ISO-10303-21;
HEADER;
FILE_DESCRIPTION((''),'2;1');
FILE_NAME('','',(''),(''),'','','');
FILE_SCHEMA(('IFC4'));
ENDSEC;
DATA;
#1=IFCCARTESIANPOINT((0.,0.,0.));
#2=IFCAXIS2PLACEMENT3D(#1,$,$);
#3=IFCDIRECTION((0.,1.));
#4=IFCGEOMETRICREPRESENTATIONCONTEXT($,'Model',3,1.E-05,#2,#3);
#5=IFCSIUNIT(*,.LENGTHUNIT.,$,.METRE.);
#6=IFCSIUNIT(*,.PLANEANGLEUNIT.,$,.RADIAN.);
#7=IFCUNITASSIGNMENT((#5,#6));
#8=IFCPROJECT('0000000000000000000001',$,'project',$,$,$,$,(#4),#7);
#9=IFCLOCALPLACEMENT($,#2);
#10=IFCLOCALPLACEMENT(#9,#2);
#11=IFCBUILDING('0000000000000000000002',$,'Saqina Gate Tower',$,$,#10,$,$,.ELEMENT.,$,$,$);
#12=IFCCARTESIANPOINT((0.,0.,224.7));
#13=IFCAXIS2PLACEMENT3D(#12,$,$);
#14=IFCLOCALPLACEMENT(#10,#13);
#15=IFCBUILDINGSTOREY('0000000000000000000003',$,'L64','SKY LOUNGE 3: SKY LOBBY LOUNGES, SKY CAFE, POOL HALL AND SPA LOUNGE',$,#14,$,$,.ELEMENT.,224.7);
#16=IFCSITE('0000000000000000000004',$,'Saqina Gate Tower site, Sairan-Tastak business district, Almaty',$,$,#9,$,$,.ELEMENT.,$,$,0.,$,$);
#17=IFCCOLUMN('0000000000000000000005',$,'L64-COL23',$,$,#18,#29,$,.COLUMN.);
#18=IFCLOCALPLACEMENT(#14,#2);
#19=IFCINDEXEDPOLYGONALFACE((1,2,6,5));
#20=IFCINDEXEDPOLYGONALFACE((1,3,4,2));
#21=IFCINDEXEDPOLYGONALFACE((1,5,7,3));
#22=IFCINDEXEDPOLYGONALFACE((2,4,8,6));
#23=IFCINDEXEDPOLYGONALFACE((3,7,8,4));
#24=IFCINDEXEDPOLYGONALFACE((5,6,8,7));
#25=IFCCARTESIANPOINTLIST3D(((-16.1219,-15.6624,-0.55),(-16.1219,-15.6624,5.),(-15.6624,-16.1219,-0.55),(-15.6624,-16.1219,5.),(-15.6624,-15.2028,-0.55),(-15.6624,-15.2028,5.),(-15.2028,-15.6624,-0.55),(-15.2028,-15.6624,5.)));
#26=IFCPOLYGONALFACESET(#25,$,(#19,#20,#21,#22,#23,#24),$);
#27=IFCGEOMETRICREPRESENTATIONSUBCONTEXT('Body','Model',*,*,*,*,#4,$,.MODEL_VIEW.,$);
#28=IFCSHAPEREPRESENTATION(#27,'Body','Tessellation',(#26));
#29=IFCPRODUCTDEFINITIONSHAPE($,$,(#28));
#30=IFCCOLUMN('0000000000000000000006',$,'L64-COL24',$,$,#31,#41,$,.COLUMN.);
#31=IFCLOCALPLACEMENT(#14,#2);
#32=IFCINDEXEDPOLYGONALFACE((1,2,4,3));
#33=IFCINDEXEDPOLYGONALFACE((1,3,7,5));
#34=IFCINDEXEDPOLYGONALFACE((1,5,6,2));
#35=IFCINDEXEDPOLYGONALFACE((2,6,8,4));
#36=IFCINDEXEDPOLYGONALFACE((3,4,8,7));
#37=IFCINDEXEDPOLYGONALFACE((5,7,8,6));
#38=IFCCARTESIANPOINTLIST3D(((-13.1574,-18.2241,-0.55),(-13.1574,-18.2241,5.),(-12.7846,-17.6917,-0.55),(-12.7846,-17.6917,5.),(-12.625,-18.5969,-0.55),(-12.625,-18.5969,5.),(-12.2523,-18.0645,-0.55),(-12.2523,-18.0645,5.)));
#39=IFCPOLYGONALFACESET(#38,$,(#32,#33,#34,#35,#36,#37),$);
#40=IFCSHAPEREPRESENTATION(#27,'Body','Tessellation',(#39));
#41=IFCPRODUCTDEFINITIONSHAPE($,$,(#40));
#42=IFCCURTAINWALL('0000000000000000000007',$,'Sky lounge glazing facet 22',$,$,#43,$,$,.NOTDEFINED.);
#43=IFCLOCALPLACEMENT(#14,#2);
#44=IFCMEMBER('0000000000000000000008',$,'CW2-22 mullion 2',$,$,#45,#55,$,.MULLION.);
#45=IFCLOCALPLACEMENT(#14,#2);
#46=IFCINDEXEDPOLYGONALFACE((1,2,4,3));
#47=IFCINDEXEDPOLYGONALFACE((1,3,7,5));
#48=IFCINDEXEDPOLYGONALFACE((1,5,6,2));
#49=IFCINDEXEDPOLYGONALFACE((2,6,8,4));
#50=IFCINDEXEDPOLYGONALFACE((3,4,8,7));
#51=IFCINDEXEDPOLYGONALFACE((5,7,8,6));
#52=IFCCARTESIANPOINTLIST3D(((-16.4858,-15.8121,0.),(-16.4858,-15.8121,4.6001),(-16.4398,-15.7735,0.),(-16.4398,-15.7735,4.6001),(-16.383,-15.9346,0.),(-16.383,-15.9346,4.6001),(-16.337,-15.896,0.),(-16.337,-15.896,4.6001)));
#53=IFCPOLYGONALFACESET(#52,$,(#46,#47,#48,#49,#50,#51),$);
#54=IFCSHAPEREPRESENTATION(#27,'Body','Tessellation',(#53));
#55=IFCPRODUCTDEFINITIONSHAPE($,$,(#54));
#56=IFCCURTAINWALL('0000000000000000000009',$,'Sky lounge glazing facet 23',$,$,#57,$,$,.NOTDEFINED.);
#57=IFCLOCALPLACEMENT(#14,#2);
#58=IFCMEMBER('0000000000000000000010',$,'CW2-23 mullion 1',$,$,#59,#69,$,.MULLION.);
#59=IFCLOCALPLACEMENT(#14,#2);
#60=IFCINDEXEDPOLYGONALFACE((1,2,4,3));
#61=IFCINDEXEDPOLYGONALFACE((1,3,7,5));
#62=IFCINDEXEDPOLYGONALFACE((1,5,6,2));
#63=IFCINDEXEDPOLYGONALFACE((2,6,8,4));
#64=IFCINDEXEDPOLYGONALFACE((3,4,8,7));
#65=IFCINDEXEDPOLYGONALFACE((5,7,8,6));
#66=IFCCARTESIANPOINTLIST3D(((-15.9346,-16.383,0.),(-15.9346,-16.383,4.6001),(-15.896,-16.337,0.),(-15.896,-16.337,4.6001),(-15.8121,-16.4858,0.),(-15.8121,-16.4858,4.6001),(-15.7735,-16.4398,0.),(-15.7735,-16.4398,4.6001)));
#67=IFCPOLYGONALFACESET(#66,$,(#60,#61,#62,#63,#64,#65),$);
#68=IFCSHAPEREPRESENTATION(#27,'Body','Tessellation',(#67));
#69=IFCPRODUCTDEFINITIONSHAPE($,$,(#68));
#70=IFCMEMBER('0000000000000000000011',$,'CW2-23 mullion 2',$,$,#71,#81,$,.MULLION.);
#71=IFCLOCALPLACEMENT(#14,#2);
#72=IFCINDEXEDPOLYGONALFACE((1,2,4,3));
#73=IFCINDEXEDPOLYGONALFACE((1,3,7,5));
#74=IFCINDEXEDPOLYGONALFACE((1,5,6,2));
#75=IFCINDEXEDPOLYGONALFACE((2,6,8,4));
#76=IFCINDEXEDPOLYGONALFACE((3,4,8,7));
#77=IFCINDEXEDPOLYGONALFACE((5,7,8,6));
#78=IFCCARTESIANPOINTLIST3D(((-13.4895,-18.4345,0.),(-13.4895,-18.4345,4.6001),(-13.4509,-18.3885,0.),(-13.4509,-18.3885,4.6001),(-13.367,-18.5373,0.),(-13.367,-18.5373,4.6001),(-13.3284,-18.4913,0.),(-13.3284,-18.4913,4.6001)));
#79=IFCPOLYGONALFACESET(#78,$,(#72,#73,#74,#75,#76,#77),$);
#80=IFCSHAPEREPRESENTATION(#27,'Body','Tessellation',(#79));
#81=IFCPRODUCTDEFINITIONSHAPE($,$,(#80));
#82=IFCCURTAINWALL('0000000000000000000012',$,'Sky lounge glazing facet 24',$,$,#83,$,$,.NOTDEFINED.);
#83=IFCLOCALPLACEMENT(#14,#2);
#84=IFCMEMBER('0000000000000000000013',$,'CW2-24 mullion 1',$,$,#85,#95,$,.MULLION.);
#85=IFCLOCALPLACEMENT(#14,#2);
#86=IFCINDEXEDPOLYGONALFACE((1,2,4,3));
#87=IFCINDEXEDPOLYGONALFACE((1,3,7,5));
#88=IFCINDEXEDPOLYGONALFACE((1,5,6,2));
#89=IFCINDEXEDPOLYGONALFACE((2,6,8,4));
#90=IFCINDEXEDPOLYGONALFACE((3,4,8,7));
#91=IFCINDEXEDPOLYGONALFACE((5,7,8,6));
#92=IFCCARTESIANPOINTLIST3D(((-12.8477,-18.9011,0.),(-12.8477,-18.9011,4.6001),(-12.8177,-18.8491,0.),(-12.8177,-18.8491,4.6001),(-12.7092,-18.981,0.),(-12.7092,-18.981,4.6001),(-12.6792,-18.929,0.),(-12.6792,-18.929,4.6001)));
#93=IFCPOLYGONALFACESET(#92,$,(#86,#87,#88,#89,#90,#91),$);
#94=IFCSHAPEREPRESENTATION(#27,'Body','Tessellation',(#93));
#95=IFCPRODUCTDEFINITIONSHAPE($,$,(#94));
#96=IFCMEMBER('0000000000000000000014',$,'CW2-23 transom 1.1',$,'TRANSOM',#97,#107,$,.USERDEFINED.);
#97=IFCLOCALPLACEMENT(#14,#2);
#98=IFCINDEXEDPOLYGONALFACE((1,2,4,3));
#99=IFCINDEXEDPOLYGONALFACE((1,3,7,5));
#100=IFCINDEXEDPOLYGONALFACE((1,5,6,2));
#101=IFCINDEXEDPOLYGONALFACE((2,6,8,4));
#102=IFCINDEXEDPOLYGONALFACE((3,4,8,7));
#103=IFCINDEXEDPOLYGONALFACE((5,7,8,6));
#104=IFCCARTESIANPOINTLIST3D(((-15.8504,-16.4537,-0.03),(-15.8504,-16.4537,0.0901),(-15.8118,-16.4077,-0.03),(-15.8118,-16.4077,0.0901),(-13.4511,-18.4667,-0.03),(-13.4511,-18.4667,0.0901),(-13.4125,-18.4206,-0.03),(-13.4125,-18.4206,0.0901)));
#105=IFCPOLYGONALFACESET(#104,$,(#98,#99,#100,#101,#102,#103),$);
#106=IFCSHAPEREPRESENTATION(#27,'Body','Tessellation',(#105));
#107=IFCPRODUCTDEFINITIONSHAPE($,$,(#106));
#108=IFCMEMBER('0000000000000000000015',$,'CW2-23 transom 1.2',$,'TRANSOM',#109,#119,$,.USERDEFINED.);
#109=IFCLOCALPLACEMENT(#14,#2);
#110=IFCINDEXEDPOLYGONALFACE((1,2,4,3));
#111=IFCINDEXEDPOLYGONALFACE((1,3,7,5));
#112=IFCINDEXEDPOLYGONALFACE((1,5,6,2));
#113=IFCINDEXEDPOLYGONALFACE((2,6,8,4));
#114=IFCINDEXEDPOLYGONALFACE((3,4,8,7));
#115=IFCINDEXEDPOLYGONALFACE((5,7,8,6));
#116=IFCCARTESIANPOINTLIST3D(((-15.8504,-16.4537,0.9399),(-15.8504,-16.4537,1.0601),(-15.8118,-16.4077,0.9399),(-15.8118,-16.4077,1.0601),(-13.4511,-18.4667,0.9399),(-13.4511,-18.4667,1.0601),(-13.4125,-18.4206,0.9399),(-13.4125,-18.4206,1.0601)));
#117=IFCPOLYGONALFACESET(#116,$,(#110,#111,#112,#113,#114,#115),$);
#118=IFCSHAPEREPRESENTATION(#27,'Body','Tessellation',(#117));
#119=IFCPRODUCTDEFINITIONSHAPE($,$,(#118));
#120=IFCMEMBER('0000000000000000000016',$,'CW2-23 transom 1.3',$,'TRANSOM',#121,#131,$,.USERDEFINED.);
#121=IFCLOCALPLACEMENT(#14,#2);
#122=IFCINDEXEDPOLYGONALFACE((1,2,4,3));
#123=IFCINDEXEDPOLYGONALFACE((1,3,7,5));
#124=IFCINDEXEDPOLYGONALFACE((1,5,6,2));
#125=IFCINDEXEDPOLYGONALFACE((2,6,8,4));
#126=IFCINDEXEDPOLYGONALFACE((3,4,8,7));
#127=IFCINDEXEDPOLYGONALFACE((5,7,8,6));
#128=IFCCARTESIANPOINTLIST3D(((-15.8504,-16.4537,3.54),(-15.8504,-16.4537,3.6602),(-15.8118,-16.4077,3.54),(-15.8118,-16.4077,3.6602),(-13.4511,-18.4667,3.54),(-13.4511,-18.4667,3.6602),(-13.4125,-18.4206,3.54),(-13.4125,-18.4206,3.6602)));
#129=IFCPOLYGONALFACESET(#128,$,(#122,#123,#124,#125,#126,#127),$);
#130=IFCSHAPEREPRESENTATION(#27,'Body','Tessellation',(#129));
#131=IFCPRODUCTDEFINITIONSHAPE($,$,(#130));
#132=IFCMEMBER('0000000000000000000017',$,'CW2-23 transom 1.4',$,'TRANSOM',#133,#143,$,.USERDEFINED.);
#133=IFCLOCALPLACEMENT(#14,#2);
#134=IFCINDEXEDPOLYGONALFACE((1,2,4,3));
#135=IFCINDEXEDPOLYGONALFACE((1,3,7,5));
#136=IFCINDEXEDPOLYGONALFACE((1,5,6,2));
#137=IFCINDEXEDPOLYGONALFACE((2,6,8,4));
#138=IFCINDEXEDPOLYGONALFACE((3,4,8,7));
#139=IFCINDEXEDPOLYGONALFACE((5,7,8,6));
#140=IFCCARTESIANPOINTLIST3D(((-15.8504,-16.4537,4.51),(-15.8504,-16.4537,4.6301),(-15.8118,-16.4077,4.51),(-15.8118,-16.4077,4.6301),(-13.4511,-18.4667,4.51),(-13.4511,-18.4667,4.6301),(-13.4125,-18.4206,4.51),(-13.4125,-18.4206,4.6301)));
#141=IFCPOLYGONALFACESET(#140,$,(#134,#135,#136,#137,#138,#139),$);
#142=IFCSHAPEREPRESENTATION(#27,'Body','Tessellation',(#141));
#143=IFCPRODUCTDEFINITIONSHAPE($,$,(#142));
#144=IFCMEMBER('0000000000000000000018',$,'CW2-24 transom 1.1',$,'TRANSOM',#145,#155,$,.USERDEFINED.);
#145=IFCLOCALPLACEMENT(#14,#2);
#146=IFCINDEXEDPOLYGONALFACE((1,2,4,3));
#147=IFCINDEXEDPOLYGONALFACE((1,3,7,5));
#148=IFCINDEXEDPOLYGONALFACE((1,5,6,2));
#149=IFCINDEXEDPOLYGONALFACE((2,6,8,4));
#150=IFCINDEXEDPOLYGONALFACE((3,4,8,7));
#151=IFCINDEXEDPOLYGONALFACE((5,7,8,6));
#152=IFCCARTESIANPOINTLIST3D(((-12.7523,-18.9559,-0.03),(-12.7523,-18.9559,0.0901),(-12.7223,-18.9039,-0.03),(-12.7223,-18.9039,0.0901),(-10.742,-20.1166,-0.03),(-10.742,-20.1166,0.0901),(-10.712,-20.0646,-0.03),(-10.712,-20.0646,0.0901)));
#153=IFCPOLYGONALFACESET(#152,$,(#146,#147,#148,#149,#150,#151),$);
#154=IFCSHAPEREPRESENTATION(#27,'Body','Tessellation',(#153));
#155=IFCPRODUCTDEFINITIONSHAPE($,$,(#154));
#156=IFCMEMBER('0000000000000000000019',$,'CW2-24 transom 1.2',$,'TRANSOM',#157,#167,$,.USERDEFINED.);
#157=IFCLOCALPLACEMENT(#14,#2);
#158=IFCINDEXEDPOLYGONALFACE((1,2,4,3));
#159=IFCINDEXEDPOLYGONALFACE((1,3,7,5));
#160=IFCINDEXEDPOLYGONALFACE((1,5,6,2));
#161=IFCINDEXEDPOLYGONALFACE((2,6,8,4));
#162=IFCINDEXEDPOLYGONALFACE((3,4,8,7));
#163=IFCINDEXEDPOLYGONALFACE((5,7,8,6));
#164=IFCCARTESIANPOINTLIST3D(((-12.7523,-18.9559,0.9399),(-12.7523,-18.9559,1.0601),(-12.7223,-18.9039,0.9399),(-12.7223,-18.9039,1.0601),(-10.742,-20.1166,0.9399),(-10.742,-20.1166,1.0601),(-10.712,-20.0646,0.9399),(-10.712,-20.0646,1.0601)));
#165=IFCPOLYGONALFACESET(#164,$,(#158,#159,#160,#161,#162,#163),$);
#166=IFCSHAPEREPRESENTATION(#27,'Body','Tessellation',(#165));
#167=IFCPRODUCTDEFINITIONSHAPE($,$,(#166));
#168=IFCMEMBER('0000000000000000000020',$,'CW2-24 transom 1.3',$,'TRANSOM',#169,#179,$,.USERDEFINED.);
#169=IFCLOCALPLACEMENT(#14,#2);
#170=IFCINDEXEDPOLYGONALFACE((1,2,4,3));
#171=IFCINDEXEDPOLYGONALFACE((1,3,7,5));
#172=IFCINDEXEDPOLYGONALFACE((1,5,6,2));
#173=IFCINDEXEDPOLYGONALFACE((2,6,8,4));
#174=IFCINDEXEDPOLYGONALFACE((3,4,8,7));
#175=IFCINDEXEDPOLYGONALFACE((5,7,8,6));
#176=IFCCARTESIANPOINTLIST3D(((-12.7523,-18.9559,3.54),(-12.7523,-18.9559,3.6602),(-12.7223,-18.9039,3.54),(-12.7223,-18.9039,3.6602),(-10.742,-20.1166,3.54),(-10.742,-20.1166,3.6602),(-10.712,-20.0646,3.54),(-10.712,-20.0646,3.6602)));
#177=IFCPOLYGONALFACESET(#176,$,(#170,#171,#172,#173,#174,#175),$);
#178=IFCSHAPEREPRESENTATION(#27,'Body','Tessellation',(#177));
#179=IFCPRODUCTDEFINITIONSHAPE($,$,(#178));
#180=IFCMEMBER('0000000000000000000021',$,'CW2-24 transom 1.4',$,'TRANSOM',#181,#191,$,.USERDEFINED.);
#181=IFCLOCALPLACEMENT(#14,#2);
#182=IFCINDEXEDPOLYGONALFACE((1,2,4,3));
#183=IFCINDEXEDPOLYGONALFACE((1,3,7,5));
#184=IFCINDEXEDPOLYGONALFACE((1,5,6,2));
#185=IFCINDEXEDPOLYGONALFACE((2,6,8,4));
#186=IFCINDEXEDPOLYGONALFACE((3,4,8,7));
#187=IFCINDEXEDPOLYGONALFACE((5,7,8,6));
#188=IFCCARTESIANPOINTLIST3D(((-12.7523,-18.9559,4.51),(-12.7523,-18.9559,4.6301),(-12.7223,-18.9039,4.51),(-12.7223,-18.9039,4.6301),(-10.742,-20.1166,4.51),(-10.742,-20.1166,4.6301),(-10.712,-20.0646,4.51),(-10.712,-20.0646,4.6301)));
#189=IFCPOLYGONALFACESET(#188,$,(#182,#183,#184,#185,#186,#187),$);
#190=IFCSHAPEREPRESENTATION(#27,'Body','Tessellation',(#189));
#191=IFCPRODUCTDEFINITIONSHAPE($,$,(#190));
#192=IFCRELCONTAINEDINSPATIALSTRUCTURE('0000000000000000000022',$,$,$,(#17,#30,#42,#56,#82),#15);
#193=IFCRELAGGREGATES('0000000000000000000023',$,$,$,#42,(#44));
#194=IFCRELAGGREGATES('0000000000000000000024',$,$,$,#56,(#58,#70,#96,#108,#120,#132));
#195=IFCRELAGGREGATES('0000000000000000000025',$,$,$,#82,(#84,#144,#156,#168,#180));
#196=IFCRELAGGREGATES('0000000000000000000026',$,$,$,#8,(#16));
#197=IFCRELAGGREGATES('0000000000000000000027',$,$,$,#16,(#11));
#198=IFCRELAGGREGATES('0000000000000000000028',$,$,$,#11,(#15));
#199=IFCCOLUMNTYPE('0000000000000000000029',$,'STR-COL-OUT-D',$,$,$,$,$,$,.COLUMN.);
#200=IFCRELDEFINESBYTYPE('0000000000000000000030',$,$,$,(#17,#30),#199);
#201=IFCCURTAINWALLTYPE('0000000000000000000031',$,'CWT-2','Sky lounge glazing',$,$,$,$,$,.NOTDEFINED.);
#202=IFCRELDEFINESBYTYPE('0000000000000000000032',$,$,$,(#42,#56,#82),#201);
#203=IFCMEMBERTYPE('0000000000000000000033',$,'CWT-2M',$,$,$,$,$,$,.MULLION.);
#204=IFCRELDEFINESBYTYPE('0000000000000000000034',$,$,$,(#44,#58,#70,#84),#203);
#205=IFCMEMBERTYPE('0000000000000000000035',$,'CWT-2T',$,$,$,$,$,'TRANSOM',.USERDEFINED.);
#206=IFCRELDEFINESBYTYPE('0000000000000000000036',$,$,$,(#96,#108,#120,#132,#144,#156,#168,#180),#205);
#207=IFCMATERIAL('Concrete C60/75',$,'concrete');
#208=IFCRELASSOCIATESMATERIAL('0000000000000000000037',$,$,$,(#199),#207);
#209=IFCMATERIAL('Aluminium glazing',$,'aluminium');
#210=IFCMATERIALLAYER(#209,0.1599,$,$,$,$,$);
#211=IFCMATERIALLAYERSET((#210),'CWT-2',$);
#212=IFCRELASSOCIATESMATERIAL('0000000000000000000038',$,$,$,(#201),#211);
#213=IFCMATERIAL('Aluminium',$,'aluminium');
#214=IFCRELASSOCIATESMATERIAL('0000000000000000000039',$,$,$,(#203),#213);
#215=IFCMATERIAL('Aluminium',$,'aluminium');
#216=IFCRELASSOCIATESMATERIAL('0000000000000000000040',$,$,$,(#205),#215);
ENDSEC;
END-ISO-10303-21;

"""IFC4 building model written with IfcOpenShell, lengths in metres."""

from ifc_helpers import new_model, si_unit, direction, frame, origin, origin_2d, place, context, subcontext, project, spatial, rectangle, extrude, material, layer, layer_set, material_profile, profile_set, type_object, element, aggregate, save


model = new_model("IFC4")

# Units and contexts
model_context = context("Model", 3, precision=1e-05, world=origin(), true_north=direction((0.0, 1.0)))
body_context = subcontext(model_context, "Body", "Model", "MODEL_VIEW")
ifc_project = project(units=[si_unit("LENGTHUNIT", "METRE"), si_unit("PLANEANGLEUNIT", "RADIAN")], contexts=[model_context])

# Site, building, storey
site_placement = place(None, origin())
site = spatial("IfcSite", under=ifc_project, at=site_placement, Name="Saqina Gate Tower site, Sairan-Tastak business district, Almaty", CompositionType="ELEMENT", RefElevation=0.0)
building_placement = place(site_placement, origin())
building = spatial("IfcBuilding", under=site, at=building_placement, Name="Saqina Gate Tower", CompositionType="ELEMENT")
storey_placement = place(building_placement, frame((0.0, 0.0, 224.7)))
storey = spatial("IfcBuildingStorey", under=building, at=storey_placement, Name="L64", Description="SKY LOUNGE 3: SKY LOBBY LOUNGES, SKY CAFE, POOL HALL AND SPA LOUNGE", CompositionType="ELEMENT", Elevation=224.7)

# Columns
ifc_material_1 = material(Name="Concrete C60/75", Category="concrete")
ifc_material_profile_1 = material_profile(ifc_material_1, rectangle(XDim=0.6499, YDim=0.6499, at=origin_2d()), Name="RC 650x650")
ifc_profile_set_1 = profile_set([ifc_material_profile_1], Name="Concrete C60/75")
column_type = type_object("IfcColumnType", Name="STR-COL-OUT-D", PredefinedType="COLUMN", material=ifc_profile_set_1)
for number, where, z_axis, x_axis, name in (
    (1, (-15.6624, -15.6624, -0.55), (0.0, 0.0, 1.0), (-0.707107, -0.707107, 0.0), "L64-COL23"),
    (2, (-12.7048, -18.1443, -0.55), (0.0, 0.0, 1.0), (-0.573576, -0.819152, 0.0), "L64-COL24"),
):
    element("IfcColumn", number, at=place(storey_placement, frame(where, z_axis=z_axis, x_axis=x_axis)), inside=storey, type_object=column_type, Name=name, PredefinedType="COLUMN", context=body_context, shape_type="SweptSolid", body=[
        extrude(rectangle(XDim=0.6499, YDim=0.6499, at=origin_2d()), origin(), (0.0, 0.0, 1.0), 5.55),
    ])

# Curtain wall, member
ifc_material_2 = material(Name="Aluminium glazing", Category="aluminium")
ifc_layer_1 = layer(ifc_material_2, 0.1599)
ifc_layer_set_1 = layer_set([ifc_layer_1], Name="CWT-2")
curtain_wall_type = type_object("IfcCurtainWallType", Name="CWT-2", Description="Sky lounge glazing", PredefinedType="NOTDEFINED", material=ifc_layer_set_1)
curtain_wall_1_placement = place(storey_placement, origin())
curtain_wall_1 = element("IfcCurtainWall", 3, at=curtain_wall_1_placement, inside=storey, type_object=curtain_wall_type, Name="Sky lounge glazing facet 22", PredefinedType="NOTDEFINED")
ifc_material_3 = material(Name="Aluminium", Category="aluminium")
ifc_material_profile_2 = material_profile(ifc_material_3, rectangle(XDim=0.0601, YDim=0.1599, at=origin_2d()), Name="Aluminium 60x160")
ifc_profile_set_2 = profile_set([ifc_material_profile_2], Name="Aluminium")
member_type_1 = type_object("IfcMemberType", Name="CWT-2M", PredefinedType="MULLION", material=ifc_profile_set_2)
member_1_placement = place(storey_placement, frame((-16.4114, -15.854, 0.0), z_axis=(0.0, 0.0, 1.0), x_axis=(0.766046, 0.642785, 0.0)))
member_1 = element("IfcMember", 4, at=member_1_placement, type_object=member_type_1, Name="CW2-22 mullion 2", PredefinedType="MULLION", context=body_context, shape_type="SweptSolid", body=[
    extrude(rectangle(XDim=0.0601, YDim=0.1599, at=origin_2d()), origin(), (0.0, 0.0, 1.0), 4.6001),
])

# Curtain wall, members
curtain_wall_2_placement = place(storey_placement, origin())
curtain_wall_2 = element("IfcCurtainWall", 5, at=curtain_wall_2_placement, inside=storey, type_object=curtain_wall_type, Name="Sky lounge glazing facet 23", PredefinedType="NOTDEFINED")
member_2_placement = place(storey_placement, frame((-15.854, -16.4114, 0.0), z_axis=(0.0, 0.0, 1.0), x_axis=(0.642785, 0.766046, 0.0)))
member_2 = element("IfcMember", 6, at=member_2_placement, type_object=member_type_1, Name="CW2-23 mullion 1", PredefinedType="MULLION", context=body_context, shape_type="SweptSolid", body=[
    extrude(rectangle(XDim=0.0601, YDim=0.1599, at=origin_2d()), origin(), (0.0, 0.0, 1.0), 4.6001),
])
member_3_placement = place(storey_placement, frame((-13.4089, -18.4629, 0.0), z_axis=(0.0, 0.0, 1.0), x_axis=(0.642785, 0.766046, 0.0)))
member_3 = element("IfcMember", 7, at=member_3_placement, type_object=member_type_1, Name="CW2-23 mullion 2", PredefinedType="MULLION", context=body_context, shape_type="SweptSolid", body=[
    extrude(rectangle(XDim=0.0601, YDim=0.1599, at=origin_2d()), origin(), (0.0, 0.0, 1.0), 4.6001),
])

# Curtain wall, member
curtain_wall_3_placement = place(storey_placement, origin())
curtain_wall_3 = element("IfcCurtainWall", 8, at=curtain_wall_3_placement, inside=storey, type_object=curtain_wall_type, Name="Sky lounge glazing facet 24", PredefinedType="NOTDEFINED")
member_4_placement = place(storey_placement, frame((-12.7634, -18.915, 0.0), z_axis=(0.0, 0.0, 1.0), x_axis=(0.499972, 0.866042, 0.0)))
member_4 = element("IfcMember", 9, at=member_4_placement, type_object=member_type_1, Name="CW2-24 mullion 1", PredefinedType="MULLION", context=body_context, shape_type="SweptSolid", body=[
    extrude(rectangle(XDim=0.0601, YDim=0.1599, at=origin_2d()), origin(), (0.0, 0.0, 1.0), 4.6001),
])

# Members
ifc_material_4 = material(Name="Aluminium", Category="aluminium")
ifc_material_profile_3 = material_profile(ifc_material_4, rectangle(XDim=0.0601, YDim=0.1201, at=origin_2d()), Name="Aluminium 60x120")
ifc_profile_set_3 = profile_set([ifc_material_profile_3], Name="Aluminium")
member_type_2 = type_object("IfcMemberType", Name="CWT-2T", ElementType="TRANSOM", PredefinedType="USERDEFINED", material=ifc_profile_set_3)
member_5_placement = place(storey_placement, frame((-15.8311, -16.4307, 0.03), z_axis=(0.766076, -0.64275, 0.0), x_axis=(0.64275, 0.766076, 0.0)))
member_5 = element("IfcMember", 10, at=member_5_placement, type_object=member_type_2, Name="CW2-23 transom 1.1", ObjectType="TRANSOM", PredefinedType="USERDEFINED", context=body_context, shape_type="SweptSolid", body=[
    extrude(rectangle(XDim=0.0601, YDim=0.1201, at=origin_2d()), origin(), (0.0, 0.0, 1.0), 3.1318),
])
member_6_placement = place(storey_placement, frame((-15.8311, -16.4307, 1.0), z_axis=(0.766076, -0.64275, 0.0), x_axis=(0.64275, 0.766076, 0.0)))
member_6 = element("IfcMember", 11, at=member_6_placement, type_object=member_type_2, Name="CW2-23 transom 1.2", ObjectType="TRANSOM", PredefinedType="USERDEFINED", context=body_context, shape_type="SweptSolid", body=[
    extrude(rectangle(XDim=0.0601, YDim=0.1201, at=origin_2d()), origin(), (0.0, 0.0, 1.0), 3.1318),
])
member_7_placement = place(storey_placement, frame((-15.8311, -16.4307, 3.6001), z_axis=(0.766076, -0.64275, 0.0), x_axis=(0.64275, 0.766076, 0.0)))
member_7 = element("IfcMember", 12, at=member_7_placement, type_object=member_type_2, Name="CW2-23 transom 1.3", ObjectType="TRANSOM", PredefinedType="USERDEFINED", context=body_context, shape_type="SweptSolid", body=[
    extrude(rectangle(XDim=0.0601, YDim=0.1201, at=origin_2d()), origin(), (0.0, 0.0, 1.0), 3.1318),
])
member_8_placement = place(storey_placement, frame((-15.8311, -16.4307, 4.5701), z_axis=(0.766076, -0.64275, 0.0), x_axis=(0.64275, 0.766076, 0.0)))
member_8 = element("IfcMember", 13, at=member_8_placement, type_object=member_type_2, Name="CW2-23 transom 1.4", ObjectType="TRANSOM", PredefinedType="USERDEFINED", context=body_context, shape_type="SweptSolid", body=[
    extrude(rectangle(XDim=0.0601, YDim=0.1201, at=origin_2d()), origin(), (0.0, 0.0, 1.0), 3.1318),
])
member_9_placement = place(storey_placement, frame((-12.7373, -18.9299, 0.03), z_axis=(0.866021, -0.500008, 0.0), x_axis=(0.500008, 0.866021, 0.0)))
member_9 = element("IfcMember", 14, at=member_9_placement, type_object=member_type_2, Name="CW2-24 transom 1.1", ObjectType="TRANSOM", PredefinedType="USERDEFINED", context=body_context, shape_type="SweptSolid", body=[
    extrude(rectangle(XDim=0.0601, YDim=0.1201, at=origin_2d()), origin(), (0.0, 0.0, 1.0), 2.3213),
])
member_10_placement = place(storey_placement, frame((-12.7373, -18.9299, 1.0), z_axis=(0.866021, -0.500008, 0.0), x_axis=(0.500008, 0.866021, 0.0)))
member_10 = element("IfcMember", 15, at=member_10_placement, type_object=member_type_2, Name="CW2-24 transom 1.2", ObjectType="TRANSOM", PredefinedType="USERDEFINED", context=body_context, shape_type="SweptSolid", body=[
    extrude(rectangle(XDim=0.0601, YDim=0.1201, at=origin_2d()), origin(), (0.0, 0.0, 1.0), 2.3213),
])
member_11_placement = place(storey_placement, frame((-12.7373, -18.9299, 3.6001), z_axis=(0.866021, -0.500008, 0.0), x_axis=(0.500008, 0.866021, 0.0)))
member_11 = element("IfcMember", 16, at=member_11_placement, type_object=member_type_2, Name="CW2-24 transom 1.3", ObjectType="TRANSOM", PredefinedType="USERDEFINED", context=body_context, shape_type="SweptSolid", body=[
    extrude(rectangle(XDim=0.0601, YDim=0.1201, at=origin_2d()), origin(), (0.0, 0.0, 1.0), 2.3213),
])
member_12_placement = place(storey_placement, frame((-12.7373, -18.9299, 4.5701), z_axis=(0.866021, -0.500008, 0.0), x_axis=(0.500008, 0.866021, 0.0)))
member_12 = element("IfcMember", 17, at=member_12_placement, type_object=member_type_2, Name="CW2-24 transom 1.4", ObjectType="TRANSOM", PredefinedType="USERDEFINED", context=body_context, shape_type="SweptSolid", body=[
    extrude(rectangle(XDim=0.0601, YDim=0.1201, at=origin_2d()), origin(), (0.0, 0.0, 1.0), 2.3213),
])

aggregate(curtain_wall_1, [member_1])
aggregate(curtain_wall_2, [member_2, member_3, member_5, member_6, member_7, member_8])
aggregate(curtain_wall_3, [member_4, member_9, member_10, member_11, member_12])

save(model, "model.ifc")
